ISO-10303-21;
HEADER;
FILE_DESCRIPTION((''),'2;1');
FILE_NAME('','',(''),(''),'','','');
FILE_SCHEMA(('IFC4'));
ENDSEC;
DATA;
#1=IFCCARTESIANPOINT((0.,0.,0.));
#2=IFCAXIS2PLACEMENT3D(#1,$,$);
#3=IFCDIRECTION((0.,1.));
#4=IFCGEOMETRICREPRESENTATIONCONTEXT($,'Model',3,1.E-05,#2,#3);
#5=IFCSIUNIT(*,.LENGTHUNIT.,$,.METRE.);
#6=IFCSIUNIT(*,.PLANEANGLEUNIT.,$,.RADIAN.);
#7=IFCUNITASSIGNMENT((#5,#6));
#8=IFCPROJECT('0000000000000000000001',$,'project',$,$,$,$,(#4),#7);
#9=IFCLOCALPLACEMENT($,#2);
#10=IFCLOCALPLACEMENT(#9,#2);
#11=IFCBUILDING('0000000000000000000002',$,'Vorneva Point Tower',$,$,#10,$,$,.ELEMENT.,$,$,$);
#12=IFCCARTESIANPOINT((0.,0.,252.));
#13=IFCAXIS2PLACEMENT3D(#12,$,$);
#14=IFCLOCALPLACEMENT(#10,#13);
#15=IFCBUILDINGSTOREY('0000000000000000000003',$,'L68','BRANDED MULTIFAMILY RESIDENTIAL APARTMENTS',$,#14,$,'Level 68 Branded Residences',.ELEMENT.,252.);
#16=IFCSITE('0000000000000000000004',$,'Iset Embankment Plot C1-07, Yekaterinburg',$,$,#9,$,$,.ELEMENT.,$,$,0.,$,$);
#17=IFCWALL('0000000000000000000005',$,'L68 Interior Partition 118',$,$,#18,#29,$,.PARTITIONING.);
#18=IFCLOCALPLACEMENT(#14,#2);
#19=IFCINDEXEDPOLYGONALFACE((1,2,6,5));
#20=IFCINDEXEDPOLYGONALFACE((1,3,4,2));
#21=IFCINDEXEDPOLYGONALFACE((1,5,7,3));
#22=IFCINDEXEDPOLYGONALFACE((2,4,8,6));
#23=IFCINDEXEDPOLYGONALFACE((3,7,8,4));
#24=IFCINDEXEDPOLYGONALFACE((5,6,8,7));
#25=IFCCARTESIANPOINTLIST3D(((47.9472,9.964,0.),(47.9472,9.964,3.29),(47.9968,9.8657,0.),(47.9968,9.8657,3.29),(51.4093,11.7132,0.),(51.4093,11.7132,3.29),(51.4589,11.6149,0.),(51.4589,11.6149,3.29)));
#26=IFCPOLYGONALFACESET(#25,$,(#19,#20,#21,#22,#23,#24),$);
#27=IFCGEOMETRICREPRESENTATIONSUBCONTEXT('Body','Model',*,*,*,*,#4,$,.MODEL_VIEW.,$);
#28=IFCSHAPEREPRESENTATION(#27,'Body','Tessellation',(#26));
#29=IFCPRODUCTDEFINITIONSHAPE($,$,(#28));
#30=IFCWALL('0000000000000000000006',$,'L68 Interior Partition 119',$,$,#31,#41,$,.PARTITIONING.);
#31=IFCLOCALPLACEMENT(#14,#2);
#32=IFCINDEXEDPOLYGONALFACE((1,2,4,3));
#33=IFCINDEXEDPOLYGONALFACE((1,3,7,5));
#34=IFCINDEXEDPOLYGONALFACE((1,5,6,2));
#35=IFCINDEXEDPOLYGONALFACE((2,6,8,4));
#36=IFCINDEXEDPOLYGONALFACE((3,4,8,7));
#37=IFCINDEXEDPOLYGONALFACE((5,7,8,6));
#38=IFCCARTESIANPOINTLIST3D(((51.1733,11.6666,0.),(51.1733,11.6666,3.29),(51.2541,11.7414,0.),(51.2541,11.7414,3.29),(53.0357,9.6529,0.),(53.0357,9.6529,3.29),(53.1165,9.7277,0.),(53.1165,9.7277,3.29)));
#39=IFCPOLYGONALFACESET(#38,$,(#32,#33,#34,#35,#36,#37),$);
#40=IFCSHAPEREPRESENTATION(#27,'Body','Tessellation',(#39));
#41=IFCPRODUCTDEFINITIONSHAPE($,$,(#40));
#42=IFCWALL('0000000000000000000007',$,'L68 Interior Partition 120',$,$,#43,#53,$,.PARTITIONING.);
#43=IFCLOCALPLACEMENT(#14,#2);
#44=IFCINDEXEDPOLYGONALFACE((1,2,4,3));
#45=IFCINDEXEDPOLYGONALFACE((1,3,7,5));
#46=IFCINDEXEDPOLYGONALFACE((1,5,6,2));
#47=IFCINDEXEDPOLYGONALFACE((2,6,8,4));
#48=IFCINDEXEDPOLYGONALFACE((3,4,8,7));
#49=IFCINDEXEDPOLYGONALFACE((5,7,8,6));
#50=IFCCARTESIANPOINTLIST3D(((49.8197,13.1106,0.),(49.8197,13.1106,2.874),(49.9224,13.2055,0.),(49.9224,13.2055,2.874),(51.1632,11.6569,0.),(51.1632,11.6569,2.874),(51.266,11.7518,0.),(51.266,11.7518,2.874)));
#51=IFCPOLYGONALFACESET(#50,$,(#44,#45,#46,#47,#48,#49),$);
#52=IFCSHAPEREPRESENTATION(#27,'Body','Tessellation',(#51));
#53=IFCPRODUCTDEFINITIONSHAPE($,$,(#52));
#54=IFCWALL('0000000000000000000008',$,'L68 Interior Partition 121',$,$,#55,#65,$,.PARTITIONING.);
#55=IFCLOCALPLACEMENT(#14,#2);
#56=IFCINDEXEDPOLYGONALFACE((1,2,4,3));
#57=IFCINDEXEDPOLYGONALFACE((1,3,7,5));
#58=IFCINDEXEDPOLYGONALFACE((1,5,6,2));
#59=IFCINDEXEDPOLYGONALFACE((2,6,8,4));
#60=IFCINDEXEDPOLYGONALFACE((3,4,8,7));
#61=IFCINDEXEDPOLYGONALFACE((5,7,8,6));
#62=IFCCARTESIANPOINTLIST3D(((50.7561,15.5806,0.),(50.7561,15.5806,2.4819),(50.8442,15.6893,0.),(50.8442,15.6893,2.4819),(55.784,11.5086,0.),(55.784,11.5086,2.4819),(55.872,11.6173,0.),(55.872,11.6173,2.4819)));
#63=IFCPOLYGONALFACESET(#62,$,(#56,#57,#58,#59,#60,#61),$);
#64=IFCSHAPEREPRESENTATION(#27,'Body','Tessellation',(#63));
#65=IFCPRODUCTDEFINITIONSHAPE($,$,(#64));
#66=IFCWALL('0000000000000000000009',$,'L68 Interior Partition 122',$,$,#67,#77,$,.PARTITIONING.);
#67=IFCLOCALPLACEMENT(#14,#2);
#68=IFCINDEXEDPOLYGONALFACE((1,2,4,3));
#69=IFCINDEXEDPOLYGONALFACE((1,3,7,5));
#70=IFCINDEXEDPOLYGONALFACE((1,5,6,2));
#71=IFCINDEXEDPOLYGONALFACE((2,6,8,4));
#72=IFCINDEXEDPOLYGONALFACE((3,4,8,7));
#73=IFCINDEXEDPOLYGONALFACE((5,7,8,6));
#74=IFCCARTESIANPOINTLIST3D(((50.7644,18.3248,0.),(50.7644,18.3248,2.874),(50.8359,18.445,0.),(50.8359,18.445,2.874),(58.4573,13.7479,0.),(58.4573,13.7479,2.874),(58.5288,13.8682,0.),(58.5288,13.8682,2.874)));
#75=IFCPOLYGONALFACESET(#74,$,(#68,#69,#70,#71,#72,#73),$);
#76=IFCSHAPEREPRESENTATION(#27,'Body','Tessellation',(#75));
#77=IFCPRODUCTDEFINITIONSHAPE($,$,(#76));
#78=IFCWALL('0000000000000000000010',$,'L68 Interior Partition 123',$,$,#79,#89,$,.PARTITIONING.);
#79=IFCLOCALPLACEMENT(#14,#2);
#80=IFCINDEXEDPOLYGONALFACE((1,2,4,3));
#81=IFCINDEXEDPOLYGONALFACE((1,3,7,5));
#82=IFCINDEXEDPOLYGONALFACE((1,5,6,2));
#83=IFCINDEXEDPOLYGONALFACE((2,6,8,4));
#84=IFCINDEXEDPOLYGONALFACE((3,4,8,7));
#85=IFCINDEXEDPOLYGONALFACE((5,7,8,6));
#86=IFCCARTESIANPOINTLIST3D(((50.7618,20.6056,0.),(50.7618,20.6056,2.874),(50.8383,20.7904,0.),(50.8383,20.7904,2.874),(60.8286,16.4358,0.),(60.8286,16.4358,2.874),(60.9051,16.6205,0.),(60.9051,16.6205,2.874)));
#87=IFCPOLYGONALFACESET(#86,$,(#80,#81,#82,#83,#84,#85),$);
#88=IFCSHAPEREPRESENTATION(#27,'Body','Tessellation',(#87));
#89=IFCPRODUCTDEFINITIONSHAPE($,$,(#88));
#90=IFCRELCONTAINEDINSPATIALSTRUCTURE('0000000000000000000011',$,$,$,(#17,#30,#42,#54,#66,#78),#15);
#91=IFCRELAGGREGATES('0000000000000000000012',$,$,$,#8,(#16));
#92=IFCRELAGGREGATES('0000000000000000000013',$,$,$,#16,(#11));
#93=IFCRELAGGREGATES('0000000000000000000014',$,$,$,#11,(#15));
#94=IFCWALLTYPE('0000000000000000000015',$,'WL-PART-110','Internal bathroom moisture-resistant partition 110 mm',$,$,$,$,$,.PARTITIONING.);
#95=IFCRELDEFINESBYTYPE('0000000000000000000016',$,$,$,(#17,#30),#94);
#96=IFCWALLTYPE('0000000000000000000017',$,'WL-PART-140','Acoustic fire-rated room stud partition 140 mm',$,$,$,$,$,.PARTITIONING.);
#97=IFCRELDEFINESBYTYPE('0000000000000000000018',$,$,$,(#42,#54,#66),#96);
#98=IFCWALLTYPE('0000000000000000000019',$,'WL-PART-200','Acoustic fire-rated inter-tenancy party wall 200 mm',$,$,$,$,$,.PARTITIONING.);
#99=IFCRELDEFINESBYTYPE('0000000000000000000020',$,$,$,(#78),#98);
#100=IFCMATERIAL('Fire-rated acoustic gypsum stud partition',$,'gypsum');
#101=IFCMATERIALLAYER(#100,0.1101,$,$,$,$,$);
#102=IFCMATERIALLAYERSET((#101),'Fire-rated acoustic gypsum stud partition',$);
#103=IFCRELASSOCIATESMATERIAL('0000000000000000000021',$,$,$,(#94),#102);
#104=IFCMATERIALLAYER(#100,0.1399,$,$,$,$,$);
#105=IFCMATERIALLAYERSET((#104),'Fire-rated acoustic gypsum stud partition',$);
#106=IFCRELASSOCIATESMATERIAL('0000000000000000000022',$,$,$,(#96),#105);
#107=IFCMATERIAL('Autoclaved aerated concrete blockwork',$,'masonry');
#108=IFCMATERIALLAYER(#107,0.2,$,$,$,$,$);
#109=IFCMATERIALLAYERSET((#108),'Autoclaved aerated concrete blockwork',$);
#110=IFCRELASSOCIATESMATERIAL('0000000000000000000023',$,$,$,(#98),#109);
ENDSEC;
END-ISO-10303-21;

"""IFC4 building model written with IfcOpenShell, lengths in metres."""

from ifc_helpers import new_model, si_unit, direction, frame, frame_2d, origin, place, context, subcontext, project, spatial, rectangle, extrude, material, layer, layer_set, type_object, element, save


model = new_model("IFC4")

# Units and contexts
model_context = context("Model", 3, precision=1e-05, world=origin(), true_north=direction((0.0, 1.0)))
body_context = subcontext(model_context, "Body", "Model", "MODEL_VIEW")
ifc_project = project(units=[si_unit("LENGTHUNIT", "METRE"), si_unit("PLANEANGLEUNIT", "RADIAN")], contexts=[model_context])

# Site, building, storey
site_placement = place(None, origin())
site = spatial("IfcSite", under=ifc_project, at=site_placement, Name="Iset Embankment Plot C1-07, Yekaterinburg", CompositionType="ELEMENT", RefElevation=0.0)
building_placement = place(site_placement, origin())
building = spatial("IfcBuilding", under=site, at=building_placement, Name="Vorneva Point Tower", CompositionType="ELEMENT")
storey_placement = place(building_placement, frame((0.0, 0.0, 252.0)))
storey = spatial("IfcBuildingStorey", under=building, at=storey_placement, Name="L68", Description="BRANDED MULTIFAMILY RESIDENTIAL APARTMENTS", LongName="Level 68 Branded Residences", CompositionType="ELEMENT", Elevation=252.0)

# Walls
ifc_material_1 = material(Name="Fire-rated acoustic gypsum stud partition", Category="gypsum")
ifc_layer_1 = layer(ifc_material_1, 0.1101)
ifc_layer_set_1 = layer_set([ifc_layer_1], Name="Fire-rated acoustic gypsum stud partition")
wall_type_1 = type_object("IfcWallType", Name="WL-PART-110", Description="Internal bathroom moisture-resistant partition 110 mm", PredefinedType="PARTITIONING", material=ifc_layer_set_1)
wall_1_placement = place(storey_placement, frame((51.4341, 11.6641, 0.0), z_axis=(0.0, 0.0, 1.0), x_axis=(-0.892544, -0.450961, 0.0)))
element("IfcWall", 1, at=wall_1_placement, inside=storey, type_object=wall_type_1, Name="L68 Interior Partition 118", PredefinedType="PARTITIONING", context=body_context, shape_type="SweptSolid", body=[
    extrude(rectangle(XDim=3.8789, YDim=0.1101, at=frame_2d((1.9395, 0.0))), origin(), (0.0, 0.0, 1.0), 3.29),
])
wall_2_placement = place(storey_placement, frame((53.0762, 9.6902, 0.0), z_axis=(0.0, 0.0, 1.0), x_axis=(-0.678975, 0.734162, 0.0)))
element("IfcWall", 2, at=wall_2_placement, inside=storey, type_object=wall_type_1, Name="L68 Interior Partition 119", PredefinedType="PARTITIONING", context=body_context, shape_type="SweptSolid", body=[
    extrude(rectangle(XDim=2.7429, YDim=0.1101, at=frame_2d((1.3716, 0.0))), origin(), (0.0, 0.0, 1.0), 3.29),
])
ifc_layer_2 = layer(ifc_material_1, 0.1399)
ifc_layer_set_2 = layer_set([ifc_layer_2], Name="Fire-rated acoustic gypsum stud partition")
wall_type_2 = type_object("IfcWallType", Name="WL-PART-140", Description="Acoustic fire-rated room stud partition 140 mm", PredefinedType="PARTITIONING", material=ifc_layer_set_2)
wall_3_placement = place(storey_placement, frame((51.2146, 11.7043, 0.0), z_axis=(0.0, 0.0, 1.0), x_axis=(-0.678746, 0.734373, 0.0)))
element("IfcWall", 3, at=wall_3_placement, inside=storey, type_object=wall_type_2, Name="L68 Interior Partition 120", PredefinedType="PARTITIONING", context=body_context, shape_type="SweptSolid", body=[
    extrude(rectangle(XDim=1.9795, YDim=0.1399, at=frame_2d((0.9897, 0.0))), origin(), (0.0, 0.0, 1.0), 2.874),
])
wall_4_placement = place(storey_placement, frame((55.8279, 11.563, 0.0), z_axis=(0.0, 0.0, 1.0), x_axis=(-0.777103, 0.629373, 0.0)))
element("IfcWall", 4, at=wall_4_placement, inside=storey, type_object=wall_type_2, Name="L68 Interior Partition 121", PredefinedType="PARTITIONING", context=body_context, shape_type="SweptSolid", body=[
    extrude(rectangle(XDim=6.47, YDim=0.1399, at=frame_2d((3.2349, 0.0))), origin(), (0.0, 0.0, 1.0), 2.4819),
])
wall_5_placement = place(storey_placement, frame((58.4929, 13.8081, 0.0), z_axis=(0.0, 0.0, 1.0), x_axis=(-0.8594, 0.511304, 0.0)))
element("IfcWall", 5, at=wall_5_placement, inside=storey, type_object=wall_type_2, Name="L68 Interior Partition 122", PredefinedType="PARTITIONING", context=body_context, shape_type="SweptSolid", body=[
    extrude(rectangle(XDim=8.9514, YDim=0.1399, at=frame_2d((4.4756, 0.0))), origin(), (0.0, 0.0, 1.0), 2.874),
])
ifc_material_2 = material(Name="Autoclaved aerated concrete blockwork", Category="masonry")
ifc_layer_3 = layer(ifc_material_2, 0.2)
ifc_layer_set_3 = layer_set([ifc_layer_3], Name="Autoclaved aerated concrete blockwork")
wall_type_3 = type_object("IfcWallType", Name="WL-PART-200", Description="Acoustic fire-rated inter-tenancy party wall 200 mm", PredefinedType="PARTITIONING", material=ifc_layer_set_3)
wall_6_placement = place(storey_placement, frame((60.8669, 16.5281, 0.0), z_axis=(0.0, 0.0, 1.0), x_axis=(-0.923877, 0.38269, 0.0)))
element("IfcWall", 6, at=wall_6_placement, inside=storey, type_object=wall_type_3, Name="L68 Interior Partition 123", PredefinedType="PARTITIONING", context=body_context, shape_type="SweptSolid", body=[
    extrude(rectangle(XDim=10.8962, YDim=0.2, at=frame_2d((5.4482, 0.0))), origin(), (0.0, 0.0, 1.0), 2.874),
])

save(model, "model.ifc")
